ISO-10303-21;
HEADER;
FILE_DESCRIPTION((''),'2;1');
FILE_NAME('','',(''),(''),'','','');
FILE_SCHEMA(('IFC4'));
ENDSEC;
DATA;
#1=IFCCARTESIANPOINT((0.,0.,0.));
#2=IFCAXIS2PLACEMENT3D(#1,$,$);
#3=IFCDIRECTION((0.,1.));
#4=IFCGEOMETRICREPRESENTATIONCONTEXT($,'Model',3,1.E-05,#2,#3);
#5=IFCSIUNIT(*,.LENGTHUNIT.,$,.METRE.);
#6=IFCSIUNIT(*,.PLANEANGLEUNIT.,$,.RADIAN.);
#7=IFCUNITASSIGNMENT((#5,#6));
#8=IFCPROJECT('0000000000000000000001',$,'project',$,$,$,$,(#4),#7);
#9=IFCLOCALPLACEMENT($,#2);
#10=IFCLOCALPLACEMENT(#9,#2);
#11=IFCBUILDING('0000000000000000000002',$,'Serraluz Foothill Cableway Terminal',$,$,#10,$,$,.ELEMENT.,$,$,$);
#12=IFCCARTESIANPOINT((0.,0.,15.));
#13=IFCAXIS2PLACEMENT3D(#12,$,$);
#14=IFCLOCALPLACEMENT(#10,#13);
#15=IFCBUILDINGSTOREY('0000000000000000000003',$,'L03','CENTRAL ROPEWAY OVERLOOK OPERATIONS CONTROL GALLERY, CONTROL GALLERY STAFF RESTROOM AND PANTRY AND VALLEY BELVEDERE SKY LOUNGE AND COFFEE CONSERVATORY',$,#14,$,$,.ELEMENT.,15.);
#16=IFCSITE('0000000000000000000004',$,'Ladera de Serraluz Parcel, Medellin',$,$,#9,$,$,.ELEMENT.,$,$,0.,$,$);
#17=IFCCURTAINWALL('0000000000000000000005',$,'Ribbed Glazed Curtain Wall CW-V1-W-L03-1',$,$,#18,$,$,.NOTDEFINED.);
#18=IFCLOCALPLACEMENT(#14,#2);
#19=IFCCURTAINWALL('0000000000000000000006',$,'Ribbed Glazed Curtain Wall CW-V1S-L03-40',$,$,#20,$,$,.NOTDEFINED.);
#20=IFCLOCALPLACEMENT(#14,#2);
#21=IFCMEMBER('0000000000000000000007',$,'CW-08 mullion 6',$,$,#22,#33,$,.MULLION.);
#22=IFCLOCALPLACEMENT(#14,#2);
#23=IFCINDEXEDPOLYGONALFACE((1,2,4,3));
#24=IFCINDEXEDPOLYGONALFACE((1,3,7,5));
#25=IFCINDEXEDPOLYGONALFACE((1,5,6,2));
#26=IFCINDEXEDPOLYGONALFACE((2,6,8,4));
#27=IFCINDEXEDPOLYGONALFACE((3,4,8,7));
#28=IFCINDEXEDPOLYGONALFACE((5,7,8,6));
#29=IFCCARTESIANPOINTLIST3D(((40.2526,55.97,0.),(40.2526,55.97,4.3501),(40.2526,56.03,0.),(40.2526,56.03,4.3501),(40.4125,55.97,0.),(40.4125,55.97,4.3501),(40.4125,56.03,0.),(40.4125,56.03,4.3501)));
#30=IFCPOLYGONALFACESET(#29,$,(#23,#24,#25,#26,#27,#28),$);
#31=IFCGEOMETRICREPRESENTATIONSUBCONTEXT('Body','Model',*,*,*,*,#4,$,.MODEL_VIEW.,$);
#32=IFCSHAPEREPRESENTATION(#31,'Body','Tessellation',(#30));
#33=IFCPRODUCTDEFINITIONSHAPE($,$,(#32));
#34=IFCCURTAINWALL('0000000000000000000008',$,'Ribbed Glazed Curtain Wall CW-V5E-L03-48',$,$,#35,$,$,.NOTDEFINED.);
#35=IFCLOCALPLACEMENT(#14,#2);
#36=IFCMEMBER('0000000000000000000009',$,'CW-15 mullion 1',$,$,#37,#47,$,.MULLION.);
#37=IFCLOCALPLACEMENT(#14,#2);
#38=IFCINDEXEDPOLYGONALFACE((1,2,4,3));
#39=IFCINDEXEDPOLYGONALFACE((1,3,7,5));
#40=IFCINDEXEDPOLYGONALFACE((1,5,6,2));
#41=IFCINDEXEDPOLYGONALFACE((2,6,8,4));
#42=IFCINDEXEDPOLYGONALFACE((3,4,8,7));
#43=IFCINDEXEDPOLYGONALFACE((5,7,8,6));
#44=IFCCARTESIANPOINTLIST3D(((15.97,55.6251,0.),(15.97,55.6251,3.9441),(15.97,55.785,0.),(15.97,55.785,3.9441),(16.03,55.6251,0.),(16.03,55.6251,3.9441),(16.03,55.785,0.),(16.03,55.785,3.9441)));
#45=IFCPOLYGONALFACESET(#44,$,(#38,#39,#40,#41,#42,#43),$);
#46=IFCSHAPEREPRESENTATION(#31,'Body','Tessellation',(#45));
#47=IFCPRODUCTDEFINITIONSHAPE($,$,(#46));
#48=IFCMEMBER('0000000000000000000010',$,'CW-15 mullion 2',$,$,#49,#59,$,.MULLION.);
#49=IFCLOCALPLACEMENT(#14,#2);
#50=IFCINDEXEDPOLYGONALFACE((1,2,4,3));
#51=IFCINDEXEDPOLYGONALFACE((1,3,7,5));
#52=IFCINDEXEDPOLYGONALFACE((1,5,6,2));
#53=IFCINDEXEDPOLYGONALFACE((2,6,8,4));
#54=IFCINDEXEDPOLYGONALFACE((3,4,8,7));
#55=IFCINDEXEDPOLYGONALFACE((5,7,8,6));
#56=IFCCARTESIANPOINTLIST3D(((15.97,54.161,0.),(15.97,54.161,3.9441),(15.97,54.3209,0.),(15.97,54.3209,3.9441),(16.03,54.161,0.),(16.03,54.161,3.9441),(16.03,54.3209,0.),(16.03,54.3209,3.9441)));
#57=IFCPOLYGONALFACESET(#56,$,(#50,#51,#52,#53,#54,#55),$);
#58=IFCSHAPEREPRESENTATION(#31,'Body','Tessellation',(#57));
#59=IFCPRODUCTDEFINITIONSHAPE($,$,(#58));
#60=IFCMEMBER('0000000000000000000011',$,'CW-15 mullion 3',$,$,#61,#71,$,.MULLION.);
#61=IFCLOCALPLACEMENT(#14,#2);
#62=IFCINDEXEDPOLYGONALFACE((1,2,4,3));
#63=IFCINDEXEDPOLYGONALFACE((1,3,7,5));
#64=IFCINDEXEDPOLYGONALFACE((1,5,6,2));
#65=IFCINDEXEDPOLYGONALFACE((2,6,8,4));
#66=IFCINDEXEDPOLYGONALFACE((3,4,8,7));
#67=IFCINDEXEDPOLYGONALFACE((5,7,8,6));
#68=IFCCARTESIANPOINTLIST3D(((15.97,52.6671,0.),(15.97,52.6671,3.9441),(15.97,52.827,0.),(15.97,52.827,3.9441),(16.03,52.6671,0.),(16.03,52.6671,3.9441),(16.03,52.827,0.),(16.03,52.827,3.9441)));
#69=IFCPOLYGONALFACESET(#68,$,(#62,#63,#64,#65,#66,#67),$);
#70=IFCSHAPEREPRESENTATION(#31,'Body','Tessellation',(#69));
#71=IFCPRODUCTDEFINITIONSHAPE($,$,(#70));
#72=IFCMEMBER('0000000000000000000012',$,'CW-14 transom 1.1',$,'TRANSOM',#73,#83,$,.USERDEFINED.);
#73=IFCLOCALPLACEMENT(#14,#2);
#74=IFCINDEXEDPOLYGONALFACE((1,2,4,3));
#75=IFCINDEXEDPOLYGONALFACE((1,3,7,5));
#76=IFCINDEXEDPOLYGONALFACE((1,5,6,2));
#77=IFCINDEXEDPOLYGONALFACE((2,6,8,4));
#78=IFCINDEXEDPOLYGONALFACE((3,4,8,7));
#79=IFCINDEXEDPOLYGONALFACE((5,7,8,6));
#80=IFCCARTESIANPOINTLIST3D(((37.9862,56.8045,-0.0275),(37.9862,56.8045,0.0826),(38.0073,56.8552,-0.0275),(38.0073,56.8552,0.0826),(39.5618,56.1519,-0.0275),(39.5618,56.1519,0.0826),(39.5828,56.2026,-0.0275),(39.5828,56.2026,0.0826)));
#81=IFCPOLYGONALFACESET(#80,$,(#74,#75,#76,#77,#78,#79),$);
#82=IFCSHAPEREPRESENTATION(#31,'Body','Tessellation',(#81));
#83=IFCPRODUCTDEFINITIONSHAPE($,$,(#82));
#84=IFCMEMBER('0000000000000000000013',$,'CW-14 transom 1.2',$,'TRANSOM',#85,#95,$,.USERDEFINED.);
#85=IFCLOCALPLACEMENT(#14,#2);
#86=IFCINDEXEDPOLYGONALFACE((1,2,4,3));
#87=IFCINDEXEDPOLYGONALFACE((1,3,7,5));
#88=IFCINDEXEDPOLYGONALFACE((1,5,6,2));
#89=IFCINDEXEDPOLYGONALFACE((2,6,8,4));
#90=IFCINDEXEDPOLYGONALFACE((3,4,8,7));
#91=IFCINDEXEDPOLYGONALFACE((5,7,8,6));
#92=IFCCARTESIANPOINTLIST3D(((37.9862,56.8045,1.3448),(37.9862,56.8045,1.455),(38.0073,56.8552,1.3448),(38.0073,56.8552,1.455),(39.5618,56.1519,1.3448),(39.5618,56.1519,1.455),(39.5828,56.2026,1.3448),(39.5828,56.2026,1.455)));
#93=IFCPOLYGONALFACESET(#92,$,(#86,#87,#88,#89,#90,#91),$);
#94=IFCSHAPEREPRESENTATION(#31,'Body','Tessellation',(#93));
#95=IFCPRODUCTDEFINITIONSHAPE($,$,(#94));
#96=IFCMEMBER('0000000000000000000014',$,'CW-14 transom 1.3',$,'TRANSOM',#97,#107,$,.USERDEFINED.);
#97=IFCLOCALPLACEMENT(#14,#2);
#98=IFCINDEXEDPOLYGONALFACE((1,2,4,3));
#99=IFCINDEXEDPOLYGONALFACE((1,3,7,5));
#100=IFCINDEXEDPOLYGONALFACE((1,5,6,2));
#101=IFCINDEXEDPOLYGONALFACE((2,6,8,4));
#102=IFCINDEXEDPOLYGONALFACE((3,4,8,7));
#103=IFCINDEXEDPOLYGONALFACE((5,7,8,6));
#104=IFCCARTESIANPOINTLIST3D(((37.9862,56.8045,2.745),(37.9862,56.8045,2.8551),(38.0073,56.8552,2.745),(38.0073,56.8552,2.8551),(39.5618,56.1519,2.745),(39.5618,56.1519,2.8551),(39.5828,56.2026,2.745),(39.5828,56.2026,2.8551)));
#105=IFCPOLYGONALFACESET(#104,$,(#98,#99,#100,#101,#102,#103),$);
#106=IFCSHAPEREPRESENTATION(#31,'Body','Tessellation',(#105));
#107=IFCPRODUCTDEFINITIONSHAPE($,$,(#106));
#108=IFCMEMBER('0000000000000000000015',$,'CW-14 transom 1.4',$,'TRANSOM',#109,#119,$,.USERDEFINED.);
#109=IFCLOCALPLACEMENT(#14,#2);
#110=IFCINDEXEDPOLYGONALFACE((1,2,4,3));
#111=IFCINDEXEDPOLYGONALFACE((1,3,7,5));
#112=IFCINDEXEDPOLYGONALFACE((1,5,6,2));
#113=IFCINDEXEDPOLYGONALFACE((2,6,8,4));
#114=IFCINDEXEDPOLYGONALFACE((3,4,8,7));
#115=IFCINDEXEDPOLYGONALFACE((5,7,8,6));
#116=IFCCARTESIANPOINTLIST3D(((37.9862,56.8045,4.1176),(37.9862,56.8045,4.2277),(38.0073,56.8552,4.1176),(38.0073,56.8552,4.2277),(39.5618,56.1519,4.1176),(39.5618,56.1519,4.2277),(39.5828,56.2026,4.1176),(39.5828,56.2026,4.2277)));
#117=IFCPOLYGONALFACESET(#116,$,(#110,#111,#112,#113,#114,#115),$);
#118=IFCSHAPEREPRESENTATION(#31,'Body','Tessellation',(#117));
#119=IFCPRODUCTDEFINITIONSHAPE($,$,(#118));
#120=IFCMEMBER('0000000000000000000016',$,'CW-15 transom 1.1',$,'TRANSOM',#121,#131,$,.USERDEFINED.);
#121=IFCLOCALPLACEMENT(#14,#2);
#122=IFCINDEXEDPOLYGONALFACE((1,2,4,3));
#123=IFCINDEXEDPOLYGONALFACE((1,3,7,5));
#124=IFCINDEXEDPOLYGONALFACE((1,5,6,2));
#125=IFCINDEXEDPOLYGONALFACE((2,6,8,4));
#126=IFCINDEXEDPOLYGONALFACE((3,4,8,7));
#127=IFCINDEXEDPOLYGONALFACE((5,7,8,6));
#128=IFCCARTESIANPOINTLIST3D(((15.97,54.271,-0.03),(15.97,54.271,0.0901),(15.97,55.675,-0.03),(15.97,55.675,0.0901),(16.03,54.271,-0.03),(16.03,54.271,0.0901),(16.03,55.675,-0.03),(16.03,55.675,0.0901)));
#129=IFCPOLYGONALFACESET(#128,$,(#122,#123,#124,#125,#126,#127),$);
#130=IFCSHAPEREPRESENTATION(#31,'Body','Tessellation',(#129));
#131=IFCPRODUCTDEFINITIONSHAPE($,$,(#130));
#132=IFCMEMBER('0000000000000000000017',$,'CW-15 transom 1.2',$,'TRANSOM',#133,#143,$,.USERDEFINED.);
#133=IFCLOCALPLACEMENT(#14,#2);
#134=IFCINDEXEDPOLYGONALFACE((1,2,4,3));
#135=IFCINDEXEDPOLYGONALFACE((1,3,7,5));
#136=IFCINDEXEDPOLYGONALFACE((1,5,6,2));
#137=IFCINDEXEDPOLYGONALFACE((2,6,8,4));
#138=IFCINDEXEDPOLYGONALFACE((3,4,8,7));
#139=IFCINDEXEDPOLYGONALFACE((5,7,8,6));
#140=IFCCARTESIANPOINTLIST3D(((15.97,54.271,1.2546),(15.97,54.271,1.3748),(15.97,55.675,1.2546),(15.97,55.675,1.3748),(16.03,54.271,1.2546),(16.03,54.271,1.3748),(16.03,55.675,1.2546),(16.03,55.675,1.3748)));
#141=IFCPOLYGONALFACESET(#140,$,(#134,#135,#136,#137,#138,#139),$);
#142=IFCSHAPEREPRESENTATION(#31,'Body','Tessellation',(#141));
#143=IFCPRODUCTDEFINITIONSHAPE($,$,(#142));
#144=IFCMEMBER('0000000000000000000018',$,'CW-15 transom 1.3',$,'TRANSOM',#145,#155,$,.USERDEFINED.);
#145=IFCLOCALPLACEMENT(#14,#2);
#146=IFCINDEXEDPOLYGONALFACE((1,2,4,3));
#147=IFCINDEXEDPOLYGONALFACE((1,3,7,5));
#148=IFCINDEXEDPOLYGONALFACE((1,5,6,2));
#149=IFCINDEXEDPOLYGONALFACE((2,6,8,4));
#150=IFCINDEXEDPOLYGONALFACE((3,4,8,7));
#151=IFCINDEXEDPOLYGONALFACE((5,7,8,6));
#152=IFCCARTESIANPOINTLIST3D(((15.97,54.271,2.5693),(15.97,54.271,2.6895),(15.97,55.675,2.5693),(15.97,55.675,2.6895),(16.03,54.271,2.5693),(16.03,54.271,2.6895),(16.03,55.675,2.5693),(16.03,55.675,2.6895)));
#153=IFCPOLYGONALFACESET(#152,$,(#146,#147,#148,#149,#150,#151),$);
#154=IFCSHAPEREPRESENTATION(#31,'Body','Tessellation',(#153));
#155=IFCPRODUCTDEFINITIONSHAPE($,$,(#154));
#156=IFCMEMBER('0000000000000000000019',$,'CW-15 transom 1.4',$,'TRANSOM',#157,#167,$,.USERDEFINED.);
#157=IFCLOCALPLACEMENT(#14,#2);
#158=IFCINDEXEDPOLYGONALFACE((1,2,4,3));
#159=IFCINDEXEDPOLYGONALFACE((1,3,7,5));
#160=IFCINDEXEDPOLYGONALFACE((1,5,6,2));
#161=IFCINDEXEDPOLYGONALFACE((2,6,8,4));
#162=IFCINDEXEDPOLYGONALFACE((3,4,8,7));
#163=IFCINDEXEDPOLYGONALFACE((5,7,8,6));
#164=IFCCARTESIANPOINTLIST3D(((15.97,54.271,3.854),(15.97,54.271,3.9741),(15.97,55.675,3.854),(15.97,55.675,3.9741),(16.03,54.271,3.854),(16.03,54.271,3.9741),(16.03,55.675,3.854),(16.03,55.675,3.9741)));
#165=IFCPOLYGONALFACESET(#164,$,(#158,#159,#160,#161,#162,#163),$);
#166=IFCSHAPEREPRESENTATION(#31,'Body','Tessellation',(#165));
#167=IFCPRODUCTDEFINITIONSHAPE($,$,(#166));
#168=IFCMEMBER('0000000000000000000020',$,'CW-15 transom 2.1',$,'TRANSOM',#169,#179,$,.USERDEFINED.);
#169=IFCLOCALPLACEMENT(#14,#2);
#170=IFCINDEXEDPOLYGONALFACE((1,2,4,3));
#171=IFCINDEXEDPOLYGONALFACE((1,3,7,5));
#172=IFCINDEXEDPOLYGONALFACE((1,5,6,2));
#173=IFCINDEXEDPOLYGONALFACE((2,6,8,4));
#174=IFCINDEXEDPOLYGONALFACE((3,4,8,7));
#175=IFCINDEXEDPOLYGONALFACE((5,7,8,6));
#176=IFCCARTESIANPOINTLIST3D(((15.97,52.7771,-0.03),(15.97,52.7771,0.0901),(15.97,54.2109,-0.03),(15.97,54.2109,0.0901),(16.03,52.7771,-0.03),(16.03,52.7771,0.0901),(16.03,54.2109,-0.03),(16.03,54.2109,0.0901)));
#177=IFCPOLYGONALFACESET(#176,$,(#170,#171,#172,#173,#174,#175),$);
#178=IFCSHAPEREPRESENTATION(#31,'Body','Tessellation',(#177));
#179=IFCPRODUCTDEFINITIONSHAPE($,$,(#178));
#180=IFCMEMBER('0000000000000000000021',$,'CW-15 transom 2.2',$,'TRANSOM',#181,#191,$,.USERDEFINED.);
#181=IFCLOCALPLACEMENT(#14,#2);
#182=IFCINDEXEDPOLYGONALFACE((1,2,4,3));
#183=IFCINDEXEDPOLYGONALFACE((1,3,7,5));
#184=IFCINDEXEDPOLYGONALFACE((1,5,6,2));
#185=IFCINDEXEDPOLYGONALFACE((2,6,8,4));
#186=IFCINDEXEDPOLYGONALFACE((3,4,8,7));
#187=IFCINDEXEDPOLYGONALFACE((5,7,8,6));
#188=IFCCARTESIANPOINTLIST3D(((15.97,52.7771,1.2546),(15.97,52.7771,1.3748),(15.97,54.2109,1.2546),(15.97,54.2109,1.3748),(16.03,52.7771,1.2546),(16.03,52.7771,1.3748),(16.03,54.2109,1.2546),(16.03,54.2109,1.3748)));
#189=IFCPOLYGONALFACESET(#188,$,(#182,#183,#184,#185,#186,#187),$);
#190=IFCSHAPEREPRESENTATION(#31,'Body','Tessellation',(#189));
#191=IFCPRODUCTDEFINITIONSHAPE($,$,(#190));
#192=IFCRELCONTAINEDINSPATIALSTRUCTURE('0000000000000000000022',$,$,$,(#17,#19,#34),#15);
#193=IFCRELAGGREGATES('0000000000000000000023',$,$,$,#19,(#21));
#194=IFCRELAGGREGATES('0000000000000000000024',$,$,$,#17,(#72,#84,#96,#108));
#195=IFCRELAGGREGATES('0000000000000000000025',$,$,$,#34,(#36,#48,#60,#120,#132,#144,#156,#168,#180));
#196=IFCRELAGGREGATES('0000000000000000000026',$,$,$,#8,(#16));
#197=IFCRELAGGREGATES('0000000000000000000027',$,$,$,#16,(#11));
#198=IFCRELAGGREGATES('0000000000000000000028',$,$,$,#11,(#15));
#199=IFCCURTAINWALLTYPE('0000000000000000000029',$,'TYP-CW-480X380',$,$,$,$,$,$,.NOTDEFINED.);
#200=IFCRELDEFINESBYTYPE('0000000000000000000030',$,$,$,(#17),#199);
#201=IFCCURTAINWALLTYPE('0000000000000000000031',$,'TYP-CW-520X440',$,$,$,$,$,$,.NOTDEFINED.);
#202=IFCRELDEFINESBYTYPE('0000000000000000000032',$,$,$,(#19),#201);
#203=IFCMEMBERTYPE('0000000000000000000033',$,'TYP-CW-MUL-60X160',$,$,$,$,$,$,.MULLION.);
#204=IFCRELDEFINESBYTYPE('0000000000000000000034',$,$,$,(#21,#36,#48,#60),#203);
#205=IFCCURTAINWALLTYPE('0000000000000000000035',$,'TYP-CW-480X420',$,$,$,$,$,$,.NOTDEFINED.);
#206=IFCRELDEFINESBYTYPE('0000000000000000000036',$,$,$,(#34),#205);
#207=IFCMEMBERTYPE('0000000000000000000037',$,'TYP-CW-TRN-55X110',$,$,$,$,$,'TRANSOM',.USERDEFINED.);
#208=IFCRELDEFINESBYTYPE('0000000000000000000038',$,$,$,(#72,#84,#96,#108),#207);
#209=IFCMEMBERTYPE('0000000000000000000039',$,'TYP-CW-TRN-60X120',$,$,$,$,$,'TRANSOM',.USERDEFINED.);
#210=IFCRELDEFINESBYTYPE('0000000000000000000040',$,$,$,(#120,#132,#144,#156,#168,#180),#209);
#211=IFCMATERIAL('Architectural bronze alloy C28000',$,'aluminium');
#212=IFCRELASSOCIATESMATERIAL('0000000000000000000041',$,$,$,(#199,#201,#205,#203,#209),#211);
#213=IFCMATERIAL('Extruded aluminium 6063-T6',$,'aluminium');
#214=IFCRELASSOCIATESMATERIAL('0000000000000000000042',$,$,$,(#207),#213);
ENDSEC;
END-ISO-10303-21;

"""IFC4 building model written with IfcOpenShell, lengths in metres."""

from ifc_helpers import new_model, si_unit, direction, frame, origin, origin_2d, place, context, subcontext, project, spatial, rectangle, extrude, material, material_profile, profile_set, type_object, element, aggregate, save


model = new_model("IFC4")

# Units and contexts
model_context = context("Model", 3, precision=1e-05, world=origin(), true_north=direction((0.0, 1.0)))
body_context = subcontext(model_context, "Body", "Model", "MODEL_VIEW")
ifc_project = project(units=[si_unit("LENGTHUNIT", "METRE"), si_unit("PLANEANGLEUNIT", "RADIAN")], contexts=[model_context])

# Site, building, storey
site_placement = place(None, origin())
site = spatial("IfcSite", under=ifc_project, at=site_placement, Name="Ladera de Serraluz Parcel, Medellin", CompositionType="ELEMENT", RefElevation=0.0)
building_placement = place(site_placement, origin())
building = spatial("IfcBuilding", under=site, at=building_placement, Name="Serraluz Foothill Cableway Terminal", CompositionType="ELEMENT")
storey_placement = place(building_placement, frame((0.0, 0.0, 15.0)))
storey = spatial("IfcBuildingStorey", under=building, at=storey_placement, Name="L03", Description="CENTRAL ROPEWAY OVERLOOK OPERATIONS CONTROL GALLERY, CONTROL GALLERY STAFF RESTROOM AND PANTRY AND VALLEY BELVEDERE SKY LOUNGE AND COFFEE CONSERVATORY", CompositionType="ELEMENT", Elevation=15.0)

# Curtain walls, member
ifc_material_1 = material(Name="Architectural bronze alloy C28000", Category="aluminium")
curtain_wall_type_1 = type_object("IfcCurtainWallType", Name="TYP-CW-480X380", PredefinedType="NOTDEFINED", material=ifc_material_1)
curtain_wall_1_placement = place(storey_placement, origin())
curtain_wall_1 = element("IfcCurtainWall", 1, at=curtain_wall_1_placement, inside=storey, type_object=curtain_wall_type_1, Name="Ribbed Glazed Curtain Wall CW-V1-W-L03-1", PredefinedType="NOTDEFINED")
ifc_material_2 = material(Name="Extruded aluminium 6063-T6", Category="aluminium")
curtain_wall_type_2 = type_object("IfcCurtainWallType", Name="TYP-CW-520X440", PredefinedType="NOTDEFINED", material=ifc_material_1)
curtain_wall_2_placement = place(storey_placement, origin())
curtain_wall_2 = element("IfcCurtainWall", 2, at=curtain_wall_2_placement, inside=storey, type_object=curtain_wall_type_2, Name="Ribbed Glazed Curtain Wall CW-V1S-L03-40", PredefinedType="NOTDEFINED")
ifc_material_profile_1 = material_profile(ifc_material_1, rectangle(XDim=0.0601, YDim=0.1599, at=origin_2d()), Name="ALU MULLION 60x160")
ifc_profile_set_1 = profile_set([ifc_material_profile_1], Name="Architectural bronze alloy C28000")
member_type_1 = type_object("IfcMemberType", Name="TYP-CW-MUL-60X160", PredefinedType="MULLION", material=ifc_profile_set_1)
member_1_placement = place(storey_placement, frame((40.3325, 56.0, 0.0), z_axis=(0.0, 0.0, 1.0), x_axis=(0.0, -1.0, 0.0)))
member_1 = element("IfcMember", 3, at=member_1_placement, type_object=member_type_1, Name="CW-08 mullion 6", PredefinedType="MULLION", context=body_context, shape_type="SweptSolid", body=[
    extrude(rectangle(XDim=0.0601, YDim=0.1599, at=origin_2d()), origin(), (0.0, 0.0, 1.0), 4.3501),
])
aggregate(curtain_wall_2, [member_1])

# Curtain wall, members
curtain_wall_type_3 = type_object("IfcCurtainWallType", Name="TYP-CW-480X420", PredefinedType="NOTDEFINED", material=ifc_material_1)
curtain_wall_3_placement = place(storey_placement, origin())
curtain_wall_3 = element("IfcCurtainWall", 4, at=curtain_wall_3_placement, inside=storey, type_object=curtain_wall_type_3, Name="Ribbed Glazed Curtain Wall CW-V5E-L03-48", PredefinedType="NOTDEFINED")
member_2_placement = place(storey_placement, frame((16.0, 55.7051, 0.0), z_axis=(0.0, 0.0, 1.0), x_axis=(1.0, 0.0, 0.0)))
member_2 = element("IfcMember", 5, at=member_2_placement, type_object=member_type_1, Name="CW-15 mullion 1", PredefinedType="MULLION", context=body_context, shape_type="SweptSolid", body=[
    extrude(rectangle(XDim=0.0601, YDim=0.1599, at=origin_2d()), origin(), (0.0, 0.0, 1.0), 3.9441),
])
member_3_placement = place(storey_placement, frame((16.0, 54.241, 0.0), z_axis=(0.0, 0.0, 1.0), x_axis=(1.0, 0.0, 0.0)))
member_3 = element("IfcMember", 6, at=member_3_placement, type_object=member_type_1, Name="CW-15 mullion 2", PredefinedType="MULLION", context=body_context, shape_type="SweptSolid", body=[
    extrude(rectangle(XDim=0.0601, YDim=0.1599, at=origin_2d()), origin(), (0.0, 0.0, 1.0), 3.9441),
])
member_4_placement = place(storey_placement, frame((16.0, 52.7471, 0.0), z_axis=(0.0, 0.0, 1.0), x_axis=(1.0, 0.0, 0.0)))
member_4 = element("IfcMember", 7, at=member_4_placement, type_object=member_type_1, Name="CW-15 mullion 3", PredefinedType="MULLION", context=body_context, shape_type="SweptSolid", body=[
    extrude(rectangle(XDim=0.0601, YDim=0.1599, at=origin_2d()), origin(), (0.0, 0.0, 1.0), 3.9441),
])

# Members
ifc_material_profile_2 = material_profile(ifc_material_2, rectangle(XDim=0.0549, YDim=0.1101, at=origin_2d()), Name="ALU TRANSOM 55x110")
ifc_profile_set_2 = profile_set([ifc_material_profile_2], Name="Extruded aluminium 6063-T6")
member_type_2 = type_object("IfcMemberType", Name="TYP-CW-TRN-55X110", ElementType="TRANSOM", PredefinedType="USERDEFINED", material=ifc_profile_set_2)
member_5_placement = place(storey_placement, frame((39.5723, 56.1772, 0.0276), z_axis=(-0.923875, 0.382693, 0.0), x_axis=(-0.382693, -0.923875, 0.0)))
member_5 = element("IfcMember", 8, at=member_5_placement, type_object=member_type_2, Name="CW-14 transom 1.1", ObjectType="TRANSOM", PredefinedType="USERDEFINED", context=body_context, shape_type="SweptSolid", body=[
    extrude(rectangle(XDim=0.0549, YDim=0.1101, at=origin_2d()), origin(), (0.0, 0.0, 1.0), 1.7053),
])
member_6_placement = place(storey_placement, frame((39.5723, 56.1772, 1.3999), z_axis=(-0.923875, 0.382693, 0.0), x_axis=(-0.382693, -0.923875, 0.0)))
member_6 = element("IfcMember", 9, at=member_6_placement, type_object=member_type_2, Name="CW-14 transom 1.2", ObjectType="TRANSOM", PredefinedType="USERDEFINED", context=body_context, shape_type="SweptSolid", body=[
    extrude(rectangle(XDim=0.0549, YDim=0.1101, at=origin_2d()), origin(), (0.0, 0.0, 1.0), 1.7053),
])
member_7_placement = place(storey_placement, frame((39.5723, 56.1772, 2.8), z_axis=(-0.923875, 0.382693, 0.0), x_axis=(-0.382693, -0.923875, 0.0)))
member_7 = element("IfcMember", 10, at=member_7_placement, type_object=member_type_2, Name="CW-14 transom 1.3", ObjectType="TRANSOM", PredefinedType="USERDEFINED", context=body_context, shape_type="SweptSolid", body=[
    extrude(rectangle(XDim=0.0549, YDim=0.1101, at=origin_2d()), origin(), (0.0, 0.0, 1.0), 1.7053),
])
member_8_placement = place(storey_placement, frame((39.5723, 56.1772, 4.1726), z_axis=(-0.923875, 0.382693, 0.0), x_axis=(-0.382693, -0.923875, 0.0)))
member_8 = element("IfcMember", 11, at=member_8_placement, type_object=member_type_2, Name="CW-14 transom 1.4", ObjectType="TRANSOM", PredefinedType="USERDEFINED", context=body_context, shape_type="SweptSolid", body=[
    extrude(rectangle(XDim=0.0549, YDim=0.1101, at=origin_2d()), origin(), (0.0, 0.0, 1.0), 1.7053),
])
aggregate(curtain_wall_1, [member_5, member_6, member_7, member_8])
ifc_material_profile_3 = material_profile(ifc_material_1, rectangle(XDim=0.0601, YDim=0.1201, at=origin_2d()), Name="ALU TRANSOM 60x120")
ifc_profile_set_3 = profile_set([ifc_material_profile_3], Name="Architectural bronze alloy C28000")
member_type_3 = type_object("IfcMemberType", Name="TYP-CW-TRN-60X120", ElementType="TRANSOM", PredefinedType="USERDEFINED", material=ifc_profile_set_3)
member_9_placement = place(storey_placement, frame((16.0, 55.675, 0.03), z_axis=(0.0, -1.0, 0.0), x_axis=(1.0, 0.0, 0.0)))
member_9 = element("IfcMember", 12, at=member_9_placement, type_object=member_type_3, Name="CW-15 transom 1.1", ObjectType="TRANSOM", PredefinedType="USERDEFINED", context=body_context, shape_type="SweptSolid", body=[
    extrude(rectangle(XDim=0.0601, YDim=0.1201, at=origin_2d()), origin(), (0.0, 0.0, 1.0), 1.4041),
])
member_10_placement = place(storey_placement, frame((16.0, 55.675, 1.3147), z_axis=(0.0, -1.0, 0.0), x_axis=(1.0, 0.0, 0.0)))
member_10 = element("IfcMember", 13, at=member_10_placement, type_object=member_type_3, Name="CW-15 transom 1.2", ObjectType="TRANSOM", PredefinedType="USERDEFINED", context=body_context, shape_type="SweptSolid", body=[
    extrude(rectangle(XDim=0.0601, YDim=0.1201, at=origin_2d()), origin(), (0.0, 0.0, 1.0), 1.4041),
])
member_11_placement = place(storey_placement, frame((16.0, 55.675, 2.6294), z_axis=(0.0, -1.0, 0.0), x_axis=(1.0, 0.0, 0.0)))
member_11 = element("IfcMember", 14, at=member_11_placement, type_object=member_type_3, Name="CW-15 transom 1.3", ObjectType="TRANSOM", PredefinedType="USERDEFINED", context=body_context, shape_type="SweptSolid", body=[
    extrude(rectangle(XDim=0.0601, YDim=0.1201, at=origin_2d()), origin(), (0.0, 0.0, 1.0), 1.4041),
])
member_12_placement = place(storey_placement, frame((16.0, 55.675, 3.9141), z_axis=(0.0, -1.0, 0.0), x_axis=(1.0, 0.0, 0.0)))
member_12 = element("IfcMember", 15, at=member_12_placement, type_object=member_type_3, Name="CW-15 transom 1.4", ObjectType="TRANSOM", PredefinedType="USERDEFINED", context=body_context, shape_type="SweptSolid", body=[
    extrude(rectangle(XDim=0.0601, YDim=0.1201, at=origin_2d()), origin(), (0.0, 0.0, 1.0), 1.4041),
])
member_13_placement = place(storey_placement, frame((16.0, 54.2109, 0.03), z_axis=(0.0, -1.0, 0.0), x_axis=(1.0, 0.0, 0.0)))
member_13 = element("IfcMember", 16, at=member_13_placement, type_object=member_type_3, Name="CW-15 transom 2.1", ObjectType="TRANSOM", PredefinedType="USERDEFINED", context=body_context, shape_type="SweptSolid", body=[
    extrude(rectangle(XDim=0.0601, YDim=0.1201, at=origin_2d()), origin(), (0.0, 0.0, 1.0), 1.4338),
])
member_14_placement = place(storey_placement, frame((16.0, 54.2109, 1.3147), z_axis=(0.0, -1.0, 0.0), x_axis=(1.0, 0.0, 0.0)))
member_14 = element("IfcMember", 17, at=member_14_placement, type_object=member_type_3, Name="CW-15 transom 2.2", ObjectType="TRANSOM", PredefinedType="USERDEFINED", context=body_context, shape_type="SweptSolid", body=[
    extrude(rectangle(XDim=0.0601, YDim=0.1201, at=origin_2d()), origin(), (0.0, 0.0, 1.0), 1.4338),
])

aggregate(curtain_wall_3, [member_2, member_3, member_4, member_9, member_10, member_11, member_12, member_13, member_14])

save(model, "model.ifc")
